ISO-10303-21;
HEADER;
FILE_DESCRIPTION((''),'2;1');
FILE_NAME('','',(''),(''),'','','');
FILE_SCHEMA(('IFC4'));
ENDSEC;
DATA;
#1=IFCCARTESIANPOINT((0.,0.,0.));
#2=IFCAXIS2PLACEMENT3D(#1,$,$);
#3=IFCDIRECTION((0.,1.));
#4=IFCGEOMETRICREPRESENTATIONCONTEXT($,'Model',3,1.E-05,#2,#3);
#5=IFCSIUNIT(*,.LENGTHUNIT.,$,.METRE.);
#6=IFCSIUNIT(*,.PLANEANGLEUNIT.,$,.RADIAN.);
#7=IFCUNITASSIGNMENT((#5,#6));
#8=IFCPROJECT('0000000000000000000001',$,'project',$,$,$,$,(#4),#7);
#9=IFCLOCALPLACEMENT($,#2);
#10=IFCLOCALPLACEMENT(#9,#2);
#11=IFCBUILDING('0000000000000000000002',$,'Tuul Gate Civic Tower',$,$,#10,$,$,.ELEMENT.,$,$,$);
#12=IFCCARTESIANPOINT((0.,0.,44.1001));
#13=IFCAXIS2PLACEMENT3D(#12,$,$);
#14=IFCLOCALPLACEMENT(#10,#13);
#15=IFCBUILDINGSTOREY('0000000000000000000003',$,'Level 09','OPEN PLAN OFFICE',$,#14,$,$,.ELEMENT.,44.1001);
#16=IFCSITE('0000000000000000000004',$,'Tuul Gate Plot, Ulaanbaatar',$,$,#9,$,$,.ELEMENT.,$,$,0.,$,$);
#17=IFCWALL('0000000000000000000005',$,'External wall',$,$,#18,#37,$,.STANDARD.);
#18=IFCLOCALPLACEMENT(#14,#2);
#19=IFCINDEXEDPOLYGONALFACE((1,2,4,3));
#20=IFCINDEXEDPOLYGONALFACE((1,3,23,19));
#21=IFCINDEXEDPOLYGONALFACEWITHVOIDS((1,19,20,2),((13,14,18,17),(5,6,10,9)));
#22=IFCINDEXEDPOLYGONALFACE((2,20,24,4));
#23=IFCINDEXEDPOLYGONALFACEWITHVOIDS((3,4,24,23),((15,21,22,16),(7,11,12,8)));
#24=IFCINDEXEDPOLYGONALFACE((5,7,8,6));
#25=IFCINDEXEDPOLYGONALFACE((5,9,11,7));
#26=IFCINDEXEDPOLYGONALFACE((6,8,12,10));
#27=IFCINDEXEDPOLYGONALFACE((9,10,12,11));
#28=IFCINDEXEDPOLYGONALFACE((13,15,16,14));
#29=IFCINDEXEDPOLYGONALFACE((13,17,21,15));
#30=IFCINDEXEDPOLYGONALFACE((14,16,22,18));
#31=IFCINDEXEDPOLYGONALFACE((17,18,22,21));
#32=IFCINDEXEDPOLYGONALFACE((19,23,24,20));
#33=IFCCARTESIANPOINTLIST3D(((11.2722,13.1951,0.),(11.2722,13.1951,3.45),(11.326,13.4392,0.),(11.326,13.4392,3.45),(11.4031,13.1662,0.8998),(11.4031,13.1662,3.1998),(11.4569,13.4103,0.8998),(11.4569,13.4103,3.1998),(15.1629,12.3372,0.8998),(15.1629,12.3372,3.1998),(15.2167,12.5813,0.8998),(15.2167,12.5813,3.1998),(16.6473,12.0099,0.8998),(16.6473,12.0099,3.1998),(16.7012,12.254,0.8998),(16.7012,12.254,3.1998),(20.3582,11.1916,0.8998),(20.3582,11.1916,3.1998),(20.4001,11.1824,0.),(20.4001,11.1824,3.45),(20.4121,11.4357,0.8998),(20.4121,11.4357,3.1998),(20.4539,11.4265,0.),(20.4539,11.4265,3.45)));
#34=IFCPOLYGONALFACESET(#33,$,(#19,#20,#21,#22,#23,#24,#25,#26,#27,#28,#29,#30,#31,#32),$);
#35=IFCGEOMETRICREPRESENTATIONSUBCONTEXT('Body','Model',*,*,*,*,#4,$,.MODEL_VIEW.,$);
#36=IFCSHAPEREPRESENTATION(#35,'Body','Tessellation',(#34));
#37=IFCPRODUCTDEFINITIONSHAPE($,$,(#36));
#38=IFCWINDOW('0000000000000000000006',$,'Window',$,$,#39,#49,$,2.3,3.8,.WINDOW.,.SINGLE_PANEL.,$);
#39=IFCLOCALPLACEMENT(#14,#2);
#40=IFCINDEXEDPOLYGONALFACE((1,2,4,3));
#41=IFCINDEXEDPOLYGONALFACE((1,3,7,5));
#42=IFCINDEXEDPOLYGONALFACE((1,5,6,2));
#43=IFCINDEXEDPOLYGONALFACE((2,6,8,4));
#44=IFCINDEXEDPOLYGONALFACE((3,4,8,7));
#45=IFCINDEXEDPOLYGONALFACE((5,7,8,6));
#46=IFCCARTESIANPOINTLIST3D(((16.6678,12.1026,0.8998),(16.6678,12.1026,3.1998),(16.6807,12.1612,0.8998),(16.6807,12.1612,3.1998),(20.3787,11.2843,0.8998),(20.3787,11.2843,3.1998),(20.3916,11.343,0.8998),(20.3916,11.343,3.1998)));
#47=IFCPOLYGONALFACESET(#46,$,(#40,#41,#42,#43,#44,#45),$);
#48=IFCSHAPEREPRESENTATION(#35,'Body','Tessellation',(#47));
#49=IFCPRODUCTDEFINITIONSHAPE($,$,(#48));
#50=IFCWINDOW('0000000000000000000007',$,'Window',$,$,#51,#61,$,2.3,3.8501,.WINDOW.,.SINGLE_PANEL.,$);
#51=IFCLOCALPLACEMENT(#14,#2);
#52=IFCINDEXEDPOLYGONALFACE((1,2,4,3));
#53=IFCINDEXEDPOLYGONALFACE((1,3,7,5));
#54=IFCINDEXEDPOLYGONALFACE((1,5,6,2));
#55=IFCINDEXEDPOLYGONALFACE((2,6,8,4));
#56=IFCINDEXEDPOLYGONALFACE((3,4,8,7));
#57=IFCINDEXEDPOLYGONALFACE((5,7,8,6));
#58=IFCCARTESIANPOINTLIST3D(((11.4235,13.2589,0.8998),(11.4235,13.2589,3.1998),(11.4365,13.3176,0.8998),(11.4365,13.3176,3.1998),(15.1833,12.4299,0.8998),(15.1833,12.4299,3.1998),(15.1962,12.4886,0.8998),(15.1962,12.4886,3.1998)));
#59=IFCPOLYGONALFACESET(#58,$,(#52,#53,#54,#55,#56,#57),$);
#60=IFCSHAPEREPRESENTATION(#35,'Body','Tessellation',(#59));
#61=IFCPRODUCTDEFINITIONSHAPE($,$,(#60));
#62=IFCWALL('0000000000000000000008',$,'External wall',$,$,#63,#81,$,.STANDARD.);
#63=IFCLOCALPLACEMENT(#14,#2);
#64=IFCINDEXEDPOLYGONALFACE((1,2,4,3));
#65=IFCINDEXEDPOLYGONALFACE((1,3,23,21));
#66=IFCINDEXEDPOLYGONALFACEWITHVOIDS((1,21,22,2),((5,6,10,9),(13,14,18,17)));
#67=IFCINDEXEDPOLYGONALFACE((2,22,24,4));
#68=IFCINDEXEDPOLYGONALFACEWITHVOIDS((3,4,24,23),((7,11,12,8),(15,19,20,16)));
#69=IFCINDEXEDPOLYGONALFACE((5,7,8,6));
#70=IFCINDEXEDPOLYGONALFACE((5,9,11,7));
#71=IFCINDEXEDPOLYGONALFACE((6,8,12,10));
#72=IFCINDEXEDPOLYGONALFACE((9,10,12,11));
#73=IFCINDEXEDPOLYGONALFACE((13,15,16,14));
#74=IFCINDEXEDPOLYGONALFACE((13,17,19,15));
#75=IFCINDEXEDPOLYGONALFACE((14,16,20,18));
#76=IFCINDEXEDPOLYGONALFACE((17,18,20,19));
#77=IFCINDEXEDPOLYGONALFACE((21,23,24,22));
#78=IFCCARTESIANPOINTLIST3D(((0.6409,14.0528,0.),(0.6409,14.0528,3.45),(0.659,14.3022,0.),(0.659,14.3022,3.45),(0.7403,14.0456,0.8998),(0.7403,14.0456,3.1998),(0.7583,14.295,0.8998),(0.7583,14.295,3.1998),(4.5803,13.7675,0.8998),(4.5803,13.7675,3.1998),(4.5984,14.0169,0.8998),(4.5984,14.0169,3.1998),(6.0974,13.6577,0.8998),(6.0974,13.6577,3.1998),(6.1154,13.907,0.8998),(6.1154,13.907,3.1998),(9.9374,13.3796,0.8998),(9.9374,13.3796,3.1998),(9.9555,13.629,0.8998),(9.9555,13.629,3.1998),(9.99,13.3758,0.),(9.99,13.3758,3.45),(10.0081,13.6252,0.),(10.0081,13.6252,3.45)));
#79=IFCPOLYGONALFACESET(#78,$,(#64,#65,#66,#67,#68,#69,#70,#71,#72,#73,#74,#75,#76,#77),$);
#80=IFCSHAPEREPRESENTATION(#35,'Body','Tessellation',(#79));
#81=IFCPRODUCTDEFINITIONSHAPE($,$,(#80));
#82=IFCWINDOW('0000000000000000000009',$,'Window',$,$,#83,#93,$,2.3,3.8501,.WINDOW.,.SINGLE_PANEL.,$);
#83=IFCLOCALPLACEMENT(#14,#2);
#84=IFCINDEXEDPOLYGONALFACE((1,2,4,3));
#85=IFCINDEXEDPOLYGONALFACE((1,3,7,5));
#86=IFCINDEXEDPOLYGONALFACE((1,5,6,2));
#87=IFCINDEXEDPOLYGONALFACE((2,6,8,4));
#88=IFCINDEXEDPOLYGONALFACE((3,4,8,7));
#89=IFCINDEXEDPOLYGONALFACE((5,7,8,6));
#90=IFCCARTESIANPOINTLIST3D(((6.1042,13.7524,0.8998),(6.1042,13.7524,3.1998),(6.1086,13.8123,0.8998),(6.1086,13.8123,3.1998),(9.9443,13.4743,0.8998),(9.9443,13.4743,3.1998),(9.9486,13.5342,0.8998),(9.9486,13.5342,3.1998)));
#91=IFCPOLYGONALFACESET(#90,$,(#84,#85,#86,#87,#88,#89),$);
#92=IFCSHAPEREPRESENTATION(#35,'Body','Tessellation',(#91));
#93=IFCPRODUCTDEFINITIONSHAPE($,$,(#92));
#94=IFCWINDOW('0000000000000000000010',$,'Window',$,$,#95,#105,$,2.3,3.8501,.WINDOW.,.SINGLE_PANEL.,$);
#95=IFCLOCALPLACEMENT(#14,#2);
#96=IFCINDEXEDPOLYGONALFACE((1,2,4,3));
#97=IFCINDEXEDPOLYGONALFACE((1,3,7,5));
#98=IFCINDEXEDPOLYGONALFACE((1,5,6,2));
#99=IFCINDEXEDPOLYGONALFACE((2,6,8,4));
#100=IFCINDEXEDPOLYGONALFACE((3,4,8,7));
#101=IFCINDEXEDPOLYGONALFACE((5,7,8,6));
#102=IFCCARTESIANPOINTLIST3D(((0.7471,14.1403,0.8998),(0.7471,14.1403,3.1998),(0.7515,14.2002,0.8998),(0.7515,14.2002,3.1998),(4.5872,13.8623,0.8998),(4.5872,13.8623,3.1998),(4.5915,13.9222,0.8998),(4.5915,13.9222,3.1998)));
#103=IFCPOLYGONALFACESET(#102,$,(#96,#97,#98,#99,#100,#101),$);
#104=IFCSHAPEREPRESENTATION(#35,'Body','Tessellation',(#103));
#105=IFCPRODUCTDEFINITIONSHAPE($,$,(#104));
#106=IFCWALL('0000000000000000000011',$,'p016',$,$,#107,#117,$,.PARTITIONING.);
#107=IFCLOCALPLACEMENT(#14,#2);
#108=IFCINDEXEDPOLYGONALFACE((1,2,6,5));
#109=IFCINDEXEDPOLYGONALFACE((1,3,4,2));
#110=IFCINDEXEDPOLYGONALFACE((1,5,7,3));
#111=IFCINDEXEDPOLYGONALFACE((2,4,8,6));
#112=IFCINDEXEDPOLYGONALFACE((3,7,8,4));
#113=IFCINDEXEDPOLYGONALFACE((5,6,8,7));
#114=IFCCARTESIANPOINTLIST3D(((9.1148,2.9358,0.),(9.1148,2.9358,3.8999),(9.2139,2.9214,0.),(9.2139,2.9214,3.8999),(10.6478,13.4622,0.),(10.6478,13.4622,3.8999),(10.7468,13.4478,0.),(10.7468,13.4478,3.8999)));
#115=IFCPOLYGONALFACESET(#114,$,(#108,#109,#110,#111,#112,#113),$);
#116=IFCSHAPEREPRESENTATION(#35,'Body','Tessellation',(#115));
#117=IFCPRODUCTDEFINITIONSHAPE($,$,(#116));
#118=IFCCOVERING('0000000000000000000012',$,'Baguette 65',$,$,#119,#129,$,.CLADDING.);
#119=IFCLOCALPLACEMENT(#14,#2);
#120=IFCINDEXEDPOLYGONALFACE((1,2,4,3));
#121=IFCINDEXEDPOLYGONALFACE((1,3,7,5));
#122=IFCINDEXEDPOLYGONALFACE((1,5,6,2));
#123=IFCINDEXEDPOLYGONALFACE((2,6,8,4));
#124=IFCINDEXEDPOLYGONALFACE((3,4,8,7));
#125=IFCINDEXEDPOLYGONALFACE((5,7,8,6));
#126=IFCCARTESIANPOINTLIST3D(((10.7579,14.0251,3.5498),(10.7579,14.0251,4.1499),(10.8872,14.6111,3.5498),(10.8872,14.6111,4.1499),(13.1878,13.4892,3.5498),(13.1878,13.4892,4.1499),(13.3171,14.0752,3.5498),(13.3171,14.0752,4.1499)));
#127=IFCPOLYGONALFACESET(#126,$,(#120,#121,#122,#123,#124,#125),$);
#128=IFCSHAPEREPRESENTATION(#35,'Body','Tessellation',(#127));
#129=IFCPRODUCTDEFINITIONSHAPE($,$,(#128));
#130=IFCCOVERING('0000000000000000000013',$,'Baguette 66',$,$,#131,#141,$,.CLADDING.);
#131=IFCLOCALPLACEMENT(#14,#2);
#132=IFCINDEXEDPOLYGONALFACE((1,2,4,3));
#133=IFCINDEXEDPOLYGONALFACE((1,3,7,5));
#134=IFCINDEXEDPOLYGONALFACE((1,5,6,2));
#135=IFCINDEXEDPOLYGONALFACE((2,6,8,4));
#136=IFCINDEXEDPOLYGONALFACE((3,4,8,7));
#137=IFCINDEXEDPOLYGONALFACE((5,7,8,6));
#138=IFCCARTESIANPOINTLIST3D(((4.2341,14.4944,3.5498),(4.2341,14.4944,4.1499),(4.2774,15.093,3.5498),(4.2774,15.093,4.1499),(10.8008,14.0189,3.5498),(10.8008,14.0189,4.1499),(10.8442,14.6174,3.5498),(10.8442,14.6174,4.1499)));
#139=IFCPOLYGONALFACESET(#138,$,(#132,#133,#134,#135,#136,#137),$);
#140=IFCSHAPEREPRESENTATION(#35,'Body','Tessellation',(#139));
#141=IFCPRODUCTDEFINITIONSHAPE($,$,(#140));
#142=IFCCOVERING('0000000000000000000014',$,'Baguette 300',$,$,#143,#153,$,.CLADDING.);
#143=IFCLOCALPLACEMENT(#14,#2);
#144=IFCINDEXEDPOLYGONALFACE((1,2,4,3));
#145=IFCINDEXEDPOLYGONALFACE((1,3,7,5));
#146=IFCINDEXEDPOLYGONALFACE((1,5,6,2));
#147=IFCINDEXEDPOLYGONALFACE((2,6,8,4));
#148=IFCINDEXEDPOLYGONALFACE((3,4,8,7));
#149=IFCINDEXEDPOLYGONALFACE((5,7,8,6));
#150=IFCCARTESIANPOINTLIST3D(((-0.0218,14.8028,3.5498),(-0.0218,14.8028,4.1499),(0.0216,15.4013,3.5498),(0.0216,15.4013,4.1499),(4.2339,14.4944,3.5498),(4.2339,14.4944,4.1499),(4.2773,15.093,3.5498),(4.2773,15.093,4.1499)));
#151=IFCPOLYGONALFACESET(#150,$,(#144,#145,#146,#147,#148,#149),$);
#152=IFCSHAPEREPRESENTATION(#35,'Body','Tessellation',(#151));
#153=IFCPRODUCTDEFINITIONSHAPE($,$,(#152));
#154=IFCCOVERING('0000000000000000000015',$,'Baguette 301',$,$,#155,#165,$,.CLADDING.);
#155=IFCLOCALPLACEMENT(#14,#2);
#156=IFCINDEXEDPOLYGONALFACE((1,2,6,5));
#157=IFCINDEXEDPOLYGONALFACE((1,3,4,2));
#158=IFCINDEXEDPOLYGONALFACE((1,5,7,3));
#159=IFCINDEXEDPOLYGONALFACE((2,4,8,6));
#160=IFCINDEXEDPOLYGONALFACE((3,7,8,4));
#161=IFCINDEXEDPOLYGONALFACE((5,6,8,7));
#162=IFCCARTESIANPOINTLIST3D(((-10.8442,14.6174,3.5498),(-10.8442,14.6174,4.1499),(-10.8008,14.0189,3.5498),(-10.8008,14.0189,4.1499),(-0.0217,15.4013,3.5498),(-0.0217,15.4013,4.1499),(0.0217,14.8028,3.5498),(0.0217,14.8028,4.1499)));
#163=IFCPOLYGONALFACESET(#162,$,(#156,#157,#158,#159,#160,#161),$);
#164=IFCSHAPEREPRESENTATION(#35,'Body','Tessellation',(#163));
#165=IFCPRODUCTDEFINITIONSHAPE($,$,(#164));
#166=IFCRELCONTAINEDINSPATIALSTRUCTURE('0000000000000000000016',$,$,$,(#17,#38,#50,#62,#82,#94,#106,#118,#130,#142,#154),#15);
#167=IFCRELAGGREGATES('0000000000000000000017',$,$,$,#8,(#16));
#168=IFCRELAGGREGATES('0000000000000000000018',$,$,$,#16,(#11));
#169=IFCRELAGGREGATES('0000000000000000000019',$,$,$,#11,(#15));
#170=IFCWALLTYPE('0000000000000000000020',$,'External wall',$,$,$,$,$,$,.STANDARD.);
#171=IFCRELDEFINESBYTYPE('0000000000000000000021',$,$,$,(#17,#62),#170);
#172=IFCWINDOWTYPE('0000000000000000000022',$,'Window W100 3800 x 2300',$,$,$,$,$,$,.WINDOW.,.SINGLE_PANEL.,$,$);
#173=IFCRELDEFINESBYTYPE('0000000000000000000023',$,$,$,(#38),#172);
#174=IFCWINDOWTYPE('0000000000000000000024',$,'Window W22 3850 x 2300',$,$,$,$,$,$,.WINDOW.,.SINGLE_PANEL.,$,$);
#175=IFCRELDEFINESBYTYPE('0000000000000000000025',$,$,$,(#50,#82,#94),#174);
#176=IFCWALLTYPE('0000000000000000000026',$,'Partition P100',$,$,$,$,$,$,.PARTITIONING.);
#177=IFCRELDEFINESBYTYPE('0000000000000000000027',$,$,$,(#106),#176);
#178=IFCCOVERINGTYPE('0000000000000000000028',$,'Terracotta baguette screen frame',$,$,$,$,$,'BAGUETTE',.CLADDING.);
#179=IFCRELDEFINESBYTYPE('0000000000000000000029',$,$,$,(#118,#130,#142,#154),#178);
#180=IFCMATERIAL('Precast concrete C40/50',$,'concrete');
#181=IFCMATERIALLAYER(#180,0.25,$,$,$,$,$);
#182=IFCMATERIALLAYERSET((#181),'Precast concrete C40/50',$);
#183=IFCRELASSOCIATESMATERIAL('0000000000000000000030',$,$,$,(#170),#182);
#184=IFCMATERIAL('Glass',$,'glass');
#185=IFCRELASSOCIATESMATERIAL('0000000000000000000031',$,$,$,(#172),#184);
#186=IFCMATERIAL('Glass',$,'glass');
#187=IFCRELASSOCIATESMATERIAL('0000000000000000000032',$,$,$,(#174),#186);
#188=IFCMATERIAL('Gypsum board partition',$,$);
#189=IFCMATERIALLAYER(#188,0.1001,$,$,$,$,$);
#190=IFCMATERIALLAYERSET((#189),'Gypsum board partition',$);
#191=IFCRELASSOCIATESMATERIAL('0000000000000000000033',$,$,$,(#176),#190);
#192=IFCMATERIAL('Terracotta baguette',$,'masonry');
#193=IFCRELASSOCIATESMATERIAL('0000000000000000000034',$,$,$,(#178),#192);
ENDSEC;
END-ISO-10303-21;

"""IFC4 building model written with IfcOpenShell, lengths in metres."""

from ifc_helpers import new_model, si_unit, direction, frame, frame_2d, origin, origin_2d, place, context, subcontext, project, spatial, rectangle, extrude, material, layer, layer_set, material_profile, profile_set, type_object, element, fill, save


model = new_model("IFC4")

# Units and contexts
model_context = context("Model", 3, precision=1e-05, world=origin(), true_north=direction((0.0, 1.0)))
body_context = subcontext(model_context, "Body", "Model", "MODEL_VIEW")
ifc_project = project(units=[si_unit("LENGTHUNIT", "METRE"), si_unit("PLANEANGLEUNIT", "RADIAN")], contexts=[model_context])

# Site, building, storey
site_placement = place(None, origin())
site = spatial("IfcSite", under=ifc_project, at=site_placement, Name="Tuul Gate Plot, Ulaanbaatar", CompositionType="ELEMENT", RefElevation=0.0)
building_placement = place(site_placement, origin())
building = spatial("IfcBuilding", under=site, at=building_placement, Name="Tuul Gate Civic Tower", CompositionType="ELEMENT")
storey_placement = place(building_placement, frame((0.0, 0.0, 44.1001)))
storey = spatial("IfcBuildingStorey", under=building, at=storey_placement, Name="Level 09", Description="OPEN PLAN OFFICE", CompositionType="ELEMENT", Elevation=44.1001)

# Walls, openings, windows
ifc_material_1 = material(Name="Precast concrete C40/50", Category="concrete")
ifc_layer_1 = layer(ifc_material_1, 0.25)
ifc_layer_set_1 = layer_set([ifc_layer_1], Name="Precast concrete C40/50")
wall_type_1 = type_object("IfcWallType", Name="External wall", PredefinedType="STANDARD", material=ifc_layer_set_1)
wall_1_placement = place(storey_placement, frame((20.427, 11.3044, 0.0), z_axis=(0.0, 0.0, 1.0), x_axis=(-0.976542, 0.215326, 0.0)))
wall_1 = element("IfcWall", 1, at=wall_1_placement, inside=storey, type_object=wall_type_1, Name="External wall", PredefinedType="STANDARD", context=body_context, shape_type="SweptSolid", body=[
    extrude(rectangle(XDim=9.3472, YDim=0.25, at=frame_2d((4.6736, 0.0))), origin(), (0.0, 0.0, 1.0), 3.45),
])
opening_1_placement = place(wall_1_placement, frame((0.043, 0.0, 0.8999)))
opening_1 = element("IfcOpeningElement", 2, at=opening_1_placement, cuts=wall_1, PredefinedType="OPENING", context=body_context, shape_type="SweptSolid", body=[
    extrude(rectangle(XDim=3.8, YDim=2.3, at=frame_2d((1.8999, 1.1499))), frame((0.0, 0.135, 0.0), z_axis=(0.0, -1.0, 0.0), x_axis=(1.0, 0.0, 0.0)), (0.0, 0.0, 1.0), 0.27),
])
opening_2_placement = place(wall_1_placement, frame((5.363, 0.0, 0.8999)))
opening_2 = element("IfcOpeningElement", 3, at=opening_2_placement, cuts=wall_1, PredefinedType="OPENING", context=body_context, shape_type="SweptSolid", body=[
    extrude(rectangle(XDim=3.8501, YDim=2.3, at=frame_2d((1.925, 1.1499))), frame((0.0, 0.135, 0.0), z_axis=(0.0, -1.0, 0.0), x_axis=(1.0, 0.0, 0.0)), (0.0, 0.0, 1.0), 0.27),
])
ifc_material_2 = material(Name="Glass", Category="glass")
window_type_1 = type_object("IfcWindowType", Name="Window W100 3800 x 2300", PartitioningType="SINGLE_PANEL", PredefinedType="WINDOW", material=ifc_material_2)
window_1_placement = place(opening_1_placement, origin())
window_1 = element("IfcWindow", 4, at=window_1_placement, inside=storey, type_object=window_type_1, Name="Window", OverallHeight=2.3, OverallWidth=3.8, PartitioningType="SINGLE_PANEL", PredefinedType="WINDOW", context=body_context, shape_type="SweptSolid", body=[
    extrude(rectangle(XDim=3.8, YDim=2.3, at=frame_2d((1.8999, 1.1499))), frame((0.0, 0.03, 0.0), z_axis=(0.0, -1.0, 0.0), x_axis=(1.0, 0.0, 0.0)), (0.0, 0.0, 1.0), 0.0601),
])
fill(opening_1, window_1)
ifc_material_3 = material(Name="Glass", Category="glass")
window_type_2 = type_object("IfcWindowType", Name="Window W22 3850 x 2300", PartitioningType="SINGLE_PANEL", PredefinedType="WINDOW", material=ifc_material_3)
window_2_placement = place(opening_2_placement, origin())
window_2 = element("IfcWindow", 5, at=window_2_placement, inside=storey, type_object=window_type_2, Name="Window", OverallHeight=2.3, OverallWidth=3.8501, PartitioningType="SINGLE_PANEL", PredefinedType="WINDOW", context=body_context, shape_type="SweptSolid", body=[
    extrude(rectangle(XDim=3.8501, YDim=2.3, at=frame_2d((1.925, 1.1499))), frame((0.0, 0.03, 0.0), z_axis=(0.0, -1.0, 0.0), x_axis=(1.0, 0.0, 0.0)), (0.0, 0.0, 1.0), 0.0601),
])
fill(opening_2, window_2)
wall_2_placement = place(storey_placement, frame((9.999, 13.5005, 0.0), z_axis=(0.0, 0.0, 1.0), x_axis=(-0.997388, 0.072224, 0.0)))
wall_2 = element("IfcWall", 6, at=wall_2_placement, inside=storey, type_object=wall_type_1, Name="External wall", PredefinedType="STANDARD", context=body_context, shape_type="SweptSolid", body=[
    extrude(rectangle(XDim=9.3735, YDim=0.25, at=frame_2d((4.6868, 0.0))), origin(), (0.0, 0.0, 1.0), 3.45),
])
opening_3_placement = place(wall_2_placement, frame((0.0527, 0.0, 0.8999)))
opening_3 = element("IfcOpeningElement", 7, at=opening_3_placement, cuts=wall_2, PredefinedType="OPENING", context=body_context, shape_type="SweptSolid", body=[
    extrude(rectangle(XDim=3.8501, YDim=2.3, at=frame_2d((1.925, 1.1499))), frame((0.0, 0.135, 0.0), z_axis=(0.0, -1.0, 0.0), x_axis=(1.0, 0.0, 0.0)), (0.0, 0.0, 1.0), 0.27),
])
opening_4_placement = place(wall_2_placement, frame((5.4238, 0.0, 0.8999)))
opening_4 = element("IfcOpeningElement", 8, at=opening_4_placement, cuts=wall_2, PredefinedType="OPENING", context=body_context, shape_type="SweptSolid", body=[
    extrude(rectangle(XDim=3.8501, YDim=2.3, at=frame_2d((1.925, 1.1499))), frame((0.0, 0.135, 0.0), z_axis=(0.0, -1.0, 0.0), x_axis=(1.0, 0.0, 0.0)), (0.0, 0.0, 1.0), 0.27),
])
window_3_placement = place(opening_3_placement, origin())
window_3 = element("IfcWindow", 9, at=window_3_placement, inside=storey, type_object=window_type_2, Name="Window", OverallHeight=2.3, OverallWidth=3.8501, PartitioningType="SINGLE_PANEL", PredefinedType="WINDOW", context=body_context, shape_type="SweptSolid", body=[
    extrude(rectangle(XDim=3.8501, YDim=2.3, at=frame_2d((1.925, 1.1499))), frame((0.0, 0.03, 0.0), z_axis=(0.0, -1.0, 0.0), x_axis=(1.0, 0.0, 0.0)), (0.0, 0.0, 1.0), 0.0601),
])
fill(opening_3, window_3)
window_4_placement = place(opening_4_placement, origin())
window_4 = element("IfcWindow", 10, at=window_4_placement, inside=storey, type_object=window_type_2, Name="Window", OverallHeight=2.3, OverallWidth=3.8501, PartitioningType="SINGLE_PANEL", PredefinedType="WINDOW", context=body_context, shape_type="SweptSolid", body=[
    extrude(rectangle(XDim=3.8501, YDim=2.3, at=frame_2d((1.925, 1.1499))), frame((0.0, 0.03, 0.0), z_axis=(0.0, -1.0, 0.0), x_axis=(1.0, 0.0, 0.0)), (0.0, 0.0, 1.0), 0.0601),
])
fill(opening_4, window_4)

# Wall
ifc_material_4 = material(Name="Gypsum board partition")
ifc_layer_2 = layer(ifc_material_4, 0.1001)
ifc_layer_set_2 = layer_set([ifc_layer_2], Name="Gypsum board partition")
wall_type_2 = type_object("IfcWallType", Name="Partition P100", PredefinedType="PARTITIONING", material=ifc_layer_set_2)
wall_3_placement = place(storey_placement, frame((9.1643, 2.9285, 0.0), z_axis=(0.0, 0.0, 1.0), x_axis=(0.14411, 0.989562, 0.0)))
element("IfcWall", 11, at=wall_3_placement, inside=storey, type_object=wall_type_2, Name="p016", PredefinedType="PARTITIONING", context=body_context, shape_type="SweptSolid", body=[
    extrude(rectangle(XDim=10.6375, YDim=0.1001, at=frame_2d((5.3188, 0.0))), origin(), (0.0, 0.0, 1.0), 3.8999),
])

# Coverings
ifc_material_5 = material(Name="Terracotta baguette", Category="masonry")
ifc_material_profile_1 = material_profile(ifc_material_5, rectangle(XDim=0.6001, YDim=0.6001, at=origin_2d()), Name="Terracotta baguette screen frame")
ifc_profile_set_1 = profile_set([ifc_material_profile_1], Name="Terracotta baguette")
covering_type = type_object("IfcCoveringType", Name="Terracotta baguette screen frame", ElementType="BAGUETTE", PredefinedType="CLADDING", material=ifc_profile_set_1)
covering_1_placement = place(storey_placement, frame((13.2524, 13.7822, 3.8499), z_axis=(-0.976534, 0.215361, 0.0), x_axis=(-0.215361, -0.976534, 0.0)))
element("IfcCovering", 12, at=covering_1_placement, inside=storey, type_object=covering_type, Name="Baguette 65", PredefinedType="CLADDING", context=body_context, shape_type="SweptSolid", body=[
    extrude(rectangle(XDim=0.6001, YDim=0.6001, at=origin_2d()), origin(), (0.0, 0.0, 1.0), 2.4883),
])
covering_2_placement = place(storey_placement, frame((10.8225, 14.3181, 3.8499), z_axis=(-0.997388, 0.072233, 0.0), x_axis=(-0.072233, -0.997388, 0.0)))
element("IfcCovering", 13, at=covering_2_placement, inside=storey, type_object=covering_type, Name="Baguette 66", PredefinedType="CLADDING", context=body_context, shape_type="SweptSolid", body=[
    extrude(rectangle(XDim=0.6001, YDim=0.6001, at=origin_2d()), origin(), (0.0, 0.0, 1.0), 6.584),
])
covering_3_placement = place(storey_placement, frame((4.2556, 14.7937, 3.8499), z_axis=(-0.997385, 0.072268, 0.0), x_axis=(-0.072268, -0.997385, 0.0)))
element("IfcCovering", 14, at=covering_3_placement, inside=storey, type_object=covering_type, Name="Baguette 300", PredefinedType="CLADDING", context=body_context, shape_type="SweptSolid", body=[
    extrude(rectangle(XDim=0.6001, YDim=0.6001, at=origin_2d()), origin(), (0.0, 0.0, 1.0), 4.2668),
])
covering_4_placement = place(storey_placement, frame((0.0, 15.1021, 3.8499), z_axis=(-0.997387, -0.072246, 0.0), x_axis=(0.072246, -0.997387, 0.0)))
element("IfcCovering", 15, at=covering_4_placement, inside=storey, type_object=covering_type, Name="Baguette 301", PredefinedType="CLADDING", context=body_context, shape_type="SweptSolid", body=[
    extrude(rectangle(XDim=0.6001, YDim=0.6001, at=origin_2d()), origin(), (0.0, 0.0, 1.0), 10.8508),
])

save(model, "model.ifc")
